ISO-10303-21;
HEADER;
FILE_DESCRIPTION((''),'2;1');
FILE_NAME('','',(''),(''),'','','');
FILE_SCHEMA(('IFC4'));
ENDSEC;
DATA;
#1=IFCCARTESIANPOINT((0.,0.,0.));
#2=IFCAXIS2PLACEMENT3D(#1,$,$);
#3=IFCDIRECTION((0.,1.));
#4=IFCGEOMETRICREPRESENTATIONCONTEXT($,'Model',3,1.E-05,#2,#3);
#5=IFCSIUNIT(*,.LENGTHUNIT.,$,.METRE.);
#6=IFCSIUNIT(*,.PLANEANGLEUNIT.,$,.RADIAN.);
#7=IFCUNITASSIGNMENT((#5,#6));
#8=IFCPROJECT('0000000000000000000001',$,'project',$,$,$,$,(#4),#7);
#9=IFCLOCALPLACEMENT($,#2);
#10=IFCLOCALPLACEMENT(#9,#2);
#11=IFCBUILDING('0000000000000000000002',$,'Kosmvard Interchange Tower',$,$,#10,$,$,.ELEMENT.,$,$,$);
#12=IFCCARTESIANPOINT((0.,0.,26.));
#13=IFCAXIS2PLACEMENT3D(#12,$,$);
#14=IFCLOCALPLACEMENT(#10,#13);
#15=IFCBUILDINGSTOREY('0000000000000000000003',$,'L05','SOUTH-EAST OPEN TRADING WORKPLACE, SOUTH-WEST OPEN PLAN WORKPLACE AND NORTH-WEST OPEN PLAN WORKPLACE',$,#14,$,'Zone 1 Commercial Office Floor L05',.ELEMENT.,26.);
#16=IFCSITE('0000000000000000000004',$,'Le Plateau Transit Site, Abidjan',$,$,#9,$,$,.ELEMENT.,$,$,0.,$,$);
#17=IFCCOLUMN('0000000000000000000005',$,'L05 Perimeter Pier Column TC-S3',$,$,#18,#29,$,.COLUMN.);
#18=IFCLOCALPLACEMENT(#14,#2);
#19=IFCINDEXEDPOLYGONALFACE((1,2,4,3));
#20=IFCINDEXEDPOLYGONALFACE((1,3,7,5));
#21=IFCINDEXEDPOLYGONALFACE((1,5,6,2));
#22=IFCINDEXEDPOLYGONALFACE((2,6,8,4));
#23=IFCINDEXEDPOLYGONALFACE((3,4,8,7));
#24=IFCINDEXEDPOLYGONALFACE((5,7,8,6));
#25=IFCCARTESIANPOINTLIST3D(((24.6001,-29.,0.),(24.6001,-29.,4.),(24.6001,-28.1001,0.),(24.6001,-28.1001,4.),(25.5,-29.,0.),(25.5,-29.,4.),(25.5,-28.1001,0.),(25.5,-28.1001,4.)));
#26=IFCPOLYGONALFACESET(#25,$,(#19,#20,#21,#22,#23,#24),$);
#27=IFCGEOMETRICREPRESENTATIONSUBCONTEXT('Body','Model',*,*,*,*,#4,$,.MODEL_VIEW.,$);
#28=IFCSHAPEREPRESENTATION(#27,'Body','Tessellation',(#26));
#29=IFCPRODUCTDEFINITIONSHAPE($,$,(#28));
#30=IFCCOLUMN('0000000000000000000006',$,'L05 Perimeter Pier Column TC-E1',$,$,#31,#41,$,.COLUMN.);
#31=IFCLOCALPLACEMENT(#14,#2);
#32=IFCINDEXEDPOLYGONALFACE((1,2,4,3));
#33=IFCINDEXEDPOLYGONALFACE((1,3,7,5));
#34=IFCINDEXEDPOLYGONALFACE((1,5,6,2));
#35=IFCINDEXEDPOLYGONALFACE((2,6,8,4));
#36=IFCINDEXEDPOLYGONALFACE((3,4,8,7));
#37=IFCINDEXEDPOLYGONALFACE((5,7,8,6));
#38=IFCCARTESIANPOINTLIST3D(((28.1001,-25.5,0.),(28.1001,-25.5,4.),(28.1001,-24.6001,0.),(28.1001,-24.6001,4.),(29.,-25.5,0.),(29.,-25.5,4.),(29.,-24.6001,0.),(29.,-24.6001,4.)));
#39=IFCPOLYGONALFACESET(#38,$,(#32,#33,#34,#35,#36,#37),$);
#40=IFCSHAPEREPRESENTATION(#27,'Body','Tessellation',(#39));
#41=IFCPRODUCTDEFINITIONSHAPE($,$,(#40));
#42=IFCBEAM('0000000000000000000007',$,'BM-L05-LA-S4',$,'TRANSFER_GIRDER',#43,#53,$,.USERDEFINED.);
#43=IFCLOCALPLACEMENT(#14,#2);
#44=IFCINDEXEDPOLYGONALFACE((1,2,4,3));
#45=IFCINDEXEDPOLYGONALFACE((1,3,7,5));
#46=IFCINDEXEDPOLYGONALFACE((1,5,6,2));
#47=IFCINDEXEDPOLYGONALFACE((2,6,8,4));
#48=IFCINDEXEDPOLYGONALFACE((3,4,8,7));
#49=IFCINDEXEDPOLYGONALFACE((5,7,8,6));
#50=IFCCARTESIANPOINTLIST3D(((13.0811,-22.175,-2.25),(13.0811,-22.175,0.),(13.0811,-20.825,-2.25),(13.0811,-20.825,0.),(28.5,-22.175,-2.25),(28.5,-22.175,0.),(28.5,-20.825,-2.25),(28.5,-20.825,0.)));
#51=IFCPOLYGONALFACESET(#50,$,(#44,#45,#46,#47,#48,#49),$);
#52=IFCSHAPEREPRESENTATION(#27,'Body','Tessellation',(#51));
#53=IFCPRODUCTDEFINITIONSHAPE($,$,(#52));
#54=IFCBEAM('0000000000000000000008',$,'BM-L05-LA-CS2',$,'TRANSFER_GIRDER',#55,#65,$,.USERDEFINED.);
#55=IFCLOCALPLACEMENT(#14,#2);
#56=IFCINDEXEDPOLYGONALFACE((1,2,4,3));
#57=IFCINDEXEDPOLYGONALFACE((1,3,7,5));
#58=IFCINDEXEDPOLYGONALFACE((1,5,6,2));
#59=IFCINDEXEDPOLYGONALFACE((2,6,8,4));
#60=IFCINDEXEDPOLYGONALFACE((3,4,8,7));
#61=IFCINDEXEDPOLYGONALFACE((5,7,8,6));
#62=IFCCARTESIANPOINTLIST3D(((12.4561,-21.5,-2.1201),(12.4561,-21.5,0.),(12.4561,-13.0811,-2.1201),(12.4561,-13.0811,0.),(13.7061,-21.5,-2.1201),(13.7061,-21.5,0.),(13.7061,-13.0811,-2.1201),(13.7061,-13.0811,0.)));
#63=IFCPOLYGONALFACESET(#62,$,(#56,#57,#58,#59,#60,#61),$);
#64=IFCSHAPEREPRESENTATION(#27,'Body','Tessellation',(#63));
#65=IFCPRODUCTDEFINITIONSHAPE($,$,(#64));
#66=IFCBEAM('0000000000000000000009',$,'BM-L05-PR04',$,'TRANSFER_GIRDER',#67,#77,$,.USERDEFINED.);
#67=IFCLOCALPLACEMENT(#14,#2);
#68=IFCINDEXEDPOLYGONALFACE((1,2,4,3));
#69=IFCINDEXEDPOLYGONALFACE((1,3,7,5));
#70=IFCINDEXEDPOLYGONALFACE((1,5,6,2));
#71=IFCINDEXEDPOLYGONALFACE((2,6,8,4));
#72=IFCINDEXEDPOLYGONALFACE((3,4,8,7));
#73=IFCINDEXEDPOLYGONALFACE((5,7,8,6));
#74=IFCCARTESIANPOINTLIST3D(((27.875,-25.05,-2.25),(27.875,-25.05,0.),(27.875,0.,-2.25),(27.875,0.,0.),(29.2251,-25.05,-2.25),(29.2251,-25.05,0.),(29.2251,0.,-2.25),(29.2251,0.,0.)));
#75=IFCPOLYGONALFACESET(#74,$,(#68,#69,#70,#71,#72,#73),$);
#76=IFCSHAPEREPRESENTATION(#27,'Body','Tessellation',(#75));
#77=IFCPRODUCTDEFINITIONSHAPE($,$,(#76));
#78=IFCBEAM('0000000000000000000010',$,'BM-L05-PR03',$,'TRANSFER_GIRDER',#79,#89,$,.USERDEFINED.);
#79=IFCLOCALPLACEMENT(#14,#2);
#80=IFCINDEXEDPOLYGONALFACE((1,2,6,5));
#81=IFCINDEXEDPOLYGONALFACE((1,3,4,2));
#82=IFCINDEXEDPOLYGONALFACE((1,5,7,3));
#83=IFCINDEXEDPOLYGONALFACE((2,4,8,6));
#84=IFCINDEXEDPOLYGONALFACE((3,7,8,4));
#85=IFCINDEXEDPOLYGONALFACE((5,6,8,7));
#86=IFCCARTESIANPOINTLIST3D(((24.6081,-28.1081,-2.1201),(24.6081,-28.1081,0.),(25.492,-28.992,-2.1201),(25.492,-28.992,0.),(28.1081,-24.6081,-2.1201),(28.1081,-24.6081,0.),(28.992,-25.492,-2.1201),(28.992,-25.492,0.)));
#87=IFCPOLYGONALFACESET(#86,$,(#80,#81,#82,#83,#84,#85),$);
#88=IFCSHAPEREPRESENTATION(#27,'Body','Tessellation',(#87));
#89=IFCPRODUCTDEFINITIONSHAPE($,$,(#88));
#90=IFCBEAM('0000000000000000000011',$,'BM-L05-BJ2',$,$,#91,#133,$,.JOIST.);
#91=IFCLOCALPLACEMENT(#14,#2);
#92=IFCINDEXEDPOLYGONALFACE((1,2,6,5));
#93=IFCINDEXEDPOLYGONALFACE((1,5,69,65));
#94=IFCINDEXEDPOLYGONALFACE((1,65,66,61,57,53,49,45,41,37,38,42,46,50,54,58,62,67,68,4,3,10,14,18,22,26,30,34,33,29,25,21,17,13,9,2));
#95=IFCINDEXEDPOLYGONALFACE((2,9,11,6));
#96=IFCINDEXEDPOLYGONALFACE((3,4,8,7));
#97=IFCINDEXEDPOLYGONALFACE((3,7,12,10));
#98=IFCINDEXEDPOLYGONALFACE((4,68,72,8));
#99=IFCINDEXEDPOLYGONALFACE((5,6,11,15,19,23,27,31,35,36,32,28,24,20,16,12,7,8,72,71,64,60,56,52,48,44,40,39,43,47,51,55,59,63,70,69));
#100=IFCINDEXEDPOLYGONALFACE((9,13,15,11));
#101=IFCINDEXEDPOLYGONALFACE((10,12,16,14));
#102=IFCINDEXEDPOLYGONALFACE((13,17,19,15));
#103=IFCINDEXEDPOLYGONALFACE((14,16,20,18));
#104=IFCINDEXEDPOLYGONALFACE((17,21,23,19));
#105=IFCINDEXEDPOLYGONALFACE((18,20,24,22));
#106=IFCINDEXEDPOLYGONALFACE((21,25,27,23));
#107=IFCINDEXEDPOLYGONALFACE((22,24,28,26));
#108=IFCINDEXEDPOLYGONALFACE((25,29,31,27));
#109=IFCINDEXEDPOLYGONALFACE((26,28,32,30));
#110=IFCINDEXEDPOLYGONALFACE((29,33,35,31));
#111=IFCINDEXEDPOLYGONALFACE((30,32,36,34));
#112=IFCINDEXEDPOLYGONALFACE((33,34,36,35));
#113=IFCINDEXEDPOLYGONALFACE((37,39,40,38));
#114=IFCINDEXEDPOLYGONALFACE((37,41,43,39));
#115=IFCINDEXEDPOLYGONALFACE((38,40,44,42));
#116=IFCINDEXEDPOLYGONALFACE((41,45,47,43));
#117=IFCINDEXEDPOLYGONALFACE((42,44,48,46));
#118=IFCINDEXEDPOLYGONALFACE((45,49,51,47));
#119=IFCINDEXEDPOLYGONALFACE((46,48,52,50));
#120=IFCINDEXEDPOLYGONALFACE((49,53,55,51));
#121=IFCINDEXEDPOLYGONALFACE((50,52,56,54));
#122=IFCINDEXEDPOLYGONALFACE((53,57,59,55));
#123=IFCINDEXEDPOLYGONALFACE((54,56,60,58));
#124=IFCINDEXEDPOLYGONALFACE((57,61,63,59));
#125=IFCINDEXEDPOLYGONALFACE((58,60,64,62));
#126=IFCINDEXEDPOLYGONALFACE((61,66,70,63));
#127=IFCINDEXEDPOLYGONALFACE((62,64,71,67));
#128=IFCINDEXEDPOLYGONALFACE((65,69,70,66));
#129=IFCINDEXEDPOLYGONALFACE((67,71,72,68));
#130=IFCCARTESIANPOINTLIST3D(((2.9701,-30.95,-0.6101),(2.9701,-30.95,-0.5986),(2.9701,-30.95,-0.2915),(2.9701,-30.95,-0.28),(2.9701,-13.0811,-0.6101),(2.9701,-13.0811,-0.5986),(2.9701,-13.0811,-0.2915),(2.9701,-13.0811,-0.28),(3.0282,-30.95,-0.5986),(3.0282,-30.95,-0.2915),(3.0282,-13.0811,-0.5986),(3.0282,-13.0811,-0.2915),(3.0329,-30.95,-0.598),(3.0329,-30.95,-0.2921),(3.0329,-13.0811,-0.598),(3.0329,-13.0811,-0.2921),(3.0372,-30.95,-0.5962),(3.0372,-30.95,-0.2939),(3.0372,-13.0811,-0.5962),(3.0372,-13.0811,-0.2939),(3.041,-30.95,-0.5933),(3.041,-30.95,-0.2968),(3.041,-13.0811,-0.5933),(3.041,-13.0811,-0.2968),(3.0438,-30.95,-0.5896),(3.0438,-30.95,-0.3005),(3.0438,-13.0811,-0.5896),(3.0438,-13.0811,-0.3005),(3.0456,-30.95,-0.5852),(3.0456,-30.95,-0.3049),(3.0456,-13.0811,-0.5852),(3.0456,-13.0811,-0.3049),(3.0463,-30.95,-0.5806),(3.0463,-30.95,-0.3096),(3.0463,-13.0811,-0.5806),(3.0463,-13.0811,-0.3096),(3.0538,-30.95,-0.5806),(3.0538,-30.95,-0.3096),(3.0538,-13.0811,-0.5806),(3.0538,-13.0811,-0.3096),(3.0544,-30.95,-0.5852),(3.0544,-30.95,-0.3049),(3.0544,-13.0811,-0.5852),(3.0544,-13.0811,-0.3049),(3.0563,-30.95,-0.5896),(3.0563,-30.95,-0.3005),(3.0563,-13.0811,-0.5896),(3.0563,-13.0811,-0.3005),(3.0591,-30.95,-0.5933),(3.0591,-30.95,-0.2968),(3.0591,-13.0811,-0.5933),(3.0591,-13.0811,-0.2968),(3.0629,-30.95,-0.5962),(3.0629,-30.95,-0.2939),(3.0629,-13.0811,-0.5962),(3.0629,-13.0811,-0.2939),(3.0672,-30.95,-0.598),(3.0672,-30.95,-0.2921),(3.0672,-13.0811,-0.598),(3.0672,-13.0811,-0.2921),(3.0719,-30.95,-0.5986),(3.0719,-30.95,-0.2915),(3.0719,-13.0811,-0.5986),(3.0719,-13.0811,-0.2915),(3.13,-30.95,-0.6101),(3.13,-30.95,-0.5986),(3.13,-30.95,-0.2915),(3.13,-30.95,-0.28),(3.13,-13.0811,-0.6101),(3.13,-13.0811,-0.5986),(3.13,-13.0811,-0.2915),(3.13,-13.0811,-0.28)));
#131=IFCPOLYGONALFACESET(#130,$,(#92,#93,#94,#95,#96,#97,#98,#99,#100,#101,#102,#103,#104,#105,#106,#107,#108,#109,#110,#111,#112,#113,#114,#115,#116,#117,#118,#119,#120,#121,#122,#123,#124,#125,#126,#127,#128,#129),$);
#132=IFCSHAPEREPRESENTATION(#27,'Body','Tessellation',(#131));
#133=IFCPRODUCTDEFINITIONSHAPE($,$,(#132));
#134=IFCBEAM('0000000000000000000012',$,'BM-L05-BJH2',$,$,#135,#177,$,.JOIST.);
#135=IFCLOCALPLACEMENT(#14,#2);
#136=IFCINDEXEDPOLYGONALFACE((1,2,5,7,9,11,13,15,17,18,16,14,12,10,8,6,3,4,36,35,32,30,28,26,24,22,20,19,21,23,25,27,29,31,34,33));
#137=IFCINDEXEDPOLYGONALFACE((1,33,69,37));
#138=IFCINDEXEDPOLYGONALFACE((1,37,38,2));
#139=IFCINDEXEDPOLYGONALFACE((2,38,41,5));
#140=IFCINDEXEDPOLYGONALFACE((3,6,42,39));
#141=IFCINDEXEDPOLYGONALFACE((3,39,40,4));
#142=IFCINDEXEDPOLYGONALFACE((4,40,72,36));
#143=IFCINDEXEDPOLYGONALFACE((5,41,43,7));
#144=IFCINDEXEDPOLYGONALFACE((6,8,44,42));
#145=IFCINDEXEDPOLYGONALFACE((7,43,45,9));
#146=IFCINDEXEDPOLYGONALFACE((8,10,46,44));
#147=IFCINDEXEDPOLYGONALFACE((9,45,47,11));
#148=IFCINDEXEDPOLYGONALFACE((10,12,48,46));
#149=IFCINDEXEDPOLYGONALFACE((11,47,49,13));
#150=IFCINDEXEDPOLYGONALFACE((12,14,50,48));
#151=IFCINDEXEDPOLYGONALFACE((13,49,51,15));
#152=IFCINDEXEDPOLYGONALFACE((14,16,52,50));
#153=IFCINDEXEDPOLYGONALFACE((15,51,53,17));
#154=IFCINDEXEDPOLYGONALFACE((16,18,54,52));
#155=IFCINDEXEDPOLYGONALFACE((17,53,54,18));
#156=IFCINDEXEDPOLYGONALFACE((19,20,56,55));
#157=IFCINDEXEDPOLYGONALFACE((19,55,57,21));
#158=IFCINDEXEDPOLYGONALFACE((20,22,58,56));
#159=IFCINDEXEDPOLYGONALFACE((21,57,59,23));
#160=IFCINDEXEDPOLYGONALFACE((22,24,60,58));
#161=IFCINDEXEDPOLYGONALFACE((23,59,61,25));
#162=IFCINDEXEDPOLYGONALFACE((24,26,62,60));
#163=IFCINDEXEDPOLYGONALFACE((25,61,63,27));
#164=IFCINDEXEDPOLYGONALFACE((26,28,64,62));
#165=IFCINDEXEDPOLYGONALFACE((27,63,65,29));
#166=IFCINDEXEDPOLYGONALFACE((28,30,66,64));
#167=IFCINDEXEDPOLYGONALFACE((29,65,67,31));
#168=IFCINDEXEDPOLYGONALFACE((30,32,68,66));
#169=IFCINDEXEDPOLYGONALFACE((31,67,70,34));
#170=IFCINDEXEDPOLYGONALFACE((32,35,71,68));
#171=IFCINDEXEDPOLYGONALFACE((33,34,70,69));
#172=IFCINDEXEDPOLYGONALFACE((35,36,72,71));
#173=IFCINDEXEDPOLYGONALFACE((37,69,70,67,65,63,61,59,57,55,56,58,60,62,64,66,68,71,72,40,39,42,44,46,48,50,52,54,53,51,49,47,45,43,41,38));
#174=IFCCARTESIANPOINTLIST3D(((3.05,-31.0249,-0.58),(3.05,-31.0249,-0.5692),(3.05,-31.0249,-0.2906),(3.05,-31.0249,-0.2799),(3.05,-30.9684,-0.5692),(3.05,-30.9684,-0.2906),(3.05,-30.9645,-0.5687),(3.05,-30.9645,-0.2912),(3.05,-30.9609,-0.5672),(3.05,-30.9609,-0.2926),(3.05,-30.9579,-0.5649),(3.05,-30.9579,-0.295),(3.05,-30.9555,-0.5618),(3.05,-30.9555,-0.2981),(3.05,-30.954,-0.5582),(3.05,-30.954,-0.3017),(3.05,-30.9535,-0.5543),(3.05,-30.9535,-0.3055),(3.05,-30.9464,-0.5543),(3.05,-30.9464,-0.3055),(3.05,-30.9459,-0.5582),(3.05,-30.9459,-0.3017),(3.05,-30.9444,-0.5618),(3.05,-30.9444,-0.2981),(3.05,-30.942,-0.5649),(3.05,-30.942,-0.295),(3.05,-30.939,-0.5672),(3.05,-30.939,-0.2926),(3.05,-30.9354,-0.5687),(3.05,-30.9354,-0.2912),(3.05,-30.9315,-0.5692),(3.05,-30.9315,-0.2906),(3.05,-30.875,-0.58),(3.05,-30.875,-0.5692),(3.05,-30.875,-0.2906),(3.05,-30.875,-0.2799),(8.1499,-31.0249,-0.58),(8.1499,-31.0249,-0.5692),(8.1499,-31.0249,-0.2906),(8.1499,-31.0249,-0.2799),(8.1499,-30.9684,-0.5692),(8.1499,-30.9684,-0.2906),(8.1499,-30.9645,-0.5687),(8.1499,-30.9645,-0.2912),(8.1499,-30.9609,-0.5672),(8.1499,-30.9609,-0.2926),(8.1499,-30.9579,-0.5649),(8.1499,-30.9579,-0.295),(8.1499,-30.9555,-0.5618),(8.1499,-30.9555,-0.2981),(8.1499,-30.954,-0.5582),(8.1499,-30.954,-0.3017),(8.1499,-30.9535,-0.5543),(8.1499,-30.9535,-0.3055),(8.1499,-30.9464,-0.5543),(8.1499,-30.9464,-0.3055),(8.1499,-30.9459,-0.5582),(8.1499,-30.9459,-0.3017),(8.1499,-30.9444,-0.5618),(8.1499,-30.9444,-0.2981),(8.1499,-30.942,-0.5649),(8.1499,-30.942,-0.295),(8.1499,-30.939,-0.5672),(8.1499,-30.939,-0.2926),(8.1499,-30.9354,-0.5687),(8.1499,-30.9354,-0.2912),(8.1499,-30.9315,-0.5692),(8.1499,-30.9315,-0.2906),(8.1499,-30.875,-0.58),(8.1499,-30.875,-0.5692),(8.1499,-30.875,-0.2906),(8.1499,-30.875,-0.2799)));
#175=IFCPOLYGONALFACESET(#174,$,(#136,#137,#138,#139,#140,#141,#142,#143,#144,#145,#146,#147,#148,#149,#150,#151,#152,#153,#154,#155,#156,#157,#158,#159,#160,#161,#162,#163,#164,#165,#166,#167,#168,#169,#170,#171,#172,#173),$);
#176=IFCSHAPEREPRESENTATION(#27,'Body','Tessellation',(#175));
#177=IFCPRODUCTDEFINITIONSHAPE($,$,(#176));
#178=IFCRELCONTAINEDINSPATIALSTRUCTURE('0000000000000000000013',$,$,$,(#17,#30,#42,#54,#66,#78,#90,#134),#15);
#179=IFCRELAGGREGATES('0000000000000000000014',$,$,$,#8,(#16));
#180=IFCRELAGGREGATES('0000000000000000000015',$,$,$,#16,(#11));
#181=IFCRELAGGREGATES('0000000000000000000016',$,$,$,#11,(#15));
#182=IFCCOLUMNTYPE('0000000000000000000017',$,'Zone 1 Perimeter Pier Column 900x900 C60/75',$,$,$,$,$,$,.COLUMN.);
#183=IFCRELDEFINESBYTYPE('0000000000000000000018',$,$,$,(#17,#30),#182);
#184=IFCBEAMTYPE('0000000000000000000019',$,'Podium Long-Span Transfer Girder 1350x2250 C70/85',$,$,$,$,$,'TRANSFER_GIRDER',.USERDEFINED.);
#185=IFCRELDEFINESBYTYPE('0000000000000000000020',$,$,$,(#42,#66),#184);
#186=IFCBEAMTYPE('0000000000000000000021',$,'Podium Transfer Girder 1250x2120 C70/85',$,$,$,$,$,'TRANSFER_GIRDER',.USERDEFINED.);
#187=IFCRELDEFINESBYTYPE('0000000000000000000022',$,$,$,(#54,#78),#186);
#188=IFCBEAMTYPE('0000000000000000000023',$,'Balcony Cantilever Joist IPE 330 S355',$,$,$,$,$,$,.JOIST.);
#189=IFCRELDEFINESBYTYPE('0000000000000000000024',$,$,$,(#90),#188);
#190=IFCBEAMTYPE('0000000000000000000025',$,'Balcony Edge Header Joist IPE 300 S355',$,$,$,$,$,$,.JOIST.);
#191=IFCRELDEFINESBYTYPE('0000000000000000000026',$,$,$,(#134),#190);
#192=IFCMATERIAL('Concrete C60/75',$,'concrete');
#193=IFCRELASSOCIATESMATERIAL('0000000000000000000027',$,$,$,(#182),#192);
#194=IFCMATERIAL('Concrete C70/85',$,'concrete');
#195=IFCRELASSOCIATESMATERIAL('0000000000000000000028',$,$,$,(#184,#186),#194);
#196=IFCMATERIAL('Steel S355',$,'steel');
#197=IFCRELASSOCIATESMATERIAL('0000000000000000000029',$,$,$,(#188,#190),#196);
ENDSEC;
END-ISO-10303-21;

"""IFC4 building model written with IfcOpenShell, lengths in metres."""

from ifc_helpers import new_model, si_unit, direction, frame, origin, origin_2d, place, context, subcontext, project, spatial, rectangle, i_section, extrude, source, transform, mapped, material, material_profile, profile_set, type_object, element, save


model = new_model("IFC4")

# Units and contexts
model_context = context("Model", 3, precision=1e-05, world=origin(), true_north=direction((0.0, 1.0)))
body_context = subcontext(model_context, "Body", "Model", "MODEL_VIEW")
ifc_project = project(units=[si_unit("LENGTHUNIT", "METRE"), si_unit("PLANEANGLEUNIT", "RADIAN")], contexts=[model_context])

# Site, building, storey
site_placement = place(None, origin())
site = spatial("IfcSite", under=ifc_project, at=site_placement, Name="Le Plateau Transit Site, Abidjan", CompositionType="ELEMENT", RefElevation=0.0)
building_placement = place(site_placement, origin())
building = spatial("IfcBuilding", under=site, at=building_placement, Name="Kosmvard Interchange Tower", CompositionType="ELEMENT")
storey_placement = place(building_placement, frame((0.0, 0.0, 26.0)))
storey = spatial("IfcBuildingStorey", under=building, at=storey_placement, Name="L05", Description="SOUTH-EAST OPEN TRADING WORKPLACE, SOUTH-WEST OPEN PLAN WORKPLACE AND NORTH-WEST OPEN PLAN WORKPLACE", LongName="Zone 1 Commercial Office Floor L05", CompositionType="ELEMENT", Elevation=26.0)

# Columns
ifc_material_1 = material(Name="Concrete C60/75", Category="concrete")
ifc_material_profile_1 = material_profile(ifc_material_1, rectangle(XDim=0.8999, YDim=0.8999, at=origin_2d()), Name="TC 900x900")
ifc_profile_set_1 = profile_set([ifc_material_profile_1], Name="Concrete C60/75")
column_type = type_object("IfcColumnType", Name="Zone 1 Perimeter Pier Column 900x900 C60/75", PredefinedType="COLUMN", material=ifc_profile_set_1)
shared_shape_1 = source(origin(), body_context, "Body", "SweptSolid", [
    extrude(rectangle(XDim=0.8999, YDim=0.8999, at=origin_2d()), origin(), (0.0, 0.0, 1.0), 4.0),
])
for number, where, z_axis, x_axis, name in (
    (1, (25.05, -28.55, 0.0), (0.0, 0.0, 1.0), (1.0, 0.0, 0.0), "L05 Perimeter Pier Column TC-S3"),
    (2, (28.55, -25.05, 0.0), (0.0, 0.0, 1.0), (1.0, 0.0, 0.0), "L05 Perimeter Pier Column TC-E1"),
):
    element("IfcColumn", number, at=place(storey_placement, frame(where, z_axis=z_axis, x_axis=x_axis)), inside=storey, type_object=column_type, Name=name, PredefinedType="COLUMN", context=body_context, shape_type="MappedRepresentation", body=[
        mapped(shared_shape_1, transform((0.0, 0.0, 0.0), scale=1.0)),
    ])

# Beams
ifc_material_2 = material(Name="Concrete C70/85", Category="concrete")
ifc_material_profile_2 = material_profile(ifc_material_2, rectangle(XDim=1.3501, YDim=2.25, at=origin_2d()), Name="TG 1350x2250")
ifc_profile_set_2 = profile_set([ifc_material_profile_2], Name="Concrete C70/85")
beam_type_1 = type_object("IfcBeamType", Name="Podium Long-Span Transfer Girder 1350x2250 C70/85", ElementType="TRANSFER_GIRDER", PredefinedType="USERDEFINED", material=ifc_profile_set_2)
shared_shape_2 = source(origin(), body_context, "Body", "SweptSolid", [
    extrude(rectangle(XDim=1.3501, YDim=2.25, at=origin_2d()), origin(), (0.0, 0.0, 1.0), 15.4189),
])
beam_1_placement = place(storey_placement, frame((13.0811, -21.5, -1.125), z_axis=(1.0, 0.0, 0.0), x_axis=(0.0, 1.0, 0.0)))
element("IfcBeam", 3, at=beam_1_placement, inside=storey, type_object=beam_type_1, Name="BM-L05-LA-S4", ObjectType="TRANSFER_GIRDER", PredefinedType="USERDEFINED", context=body_context, shape_type="MappedRepresentation", body=[
    mapped(shared_shape_2, transform((0.0, 0.0, 0.0), scale=1.0)),
])
ifc_material_profile_3 = material_profile(ifc_material_2, rectangle(XDim=1.25, YDim=2.1201, at=origin_2d()), Name="TG 1250x2120")
ifc_profile_set_3 = profile_set([ifc_material_profile_3], Name="Concrete C70/85")
beam_type_2 = type_object("IfcBeamType", Name="Podium Transfer Girder 1250x2120 C70/85", ElementType="TRANSFER_GIRDER", PredefinedType="USERDEFINED", material=ifc_profile_set_3)
shared_shape_3 = source(origin(), body_context, "Body", "SweptSolid", [
    extrude(rectangle(XDim=1.25, YDim=2.1201, at=origin_2d()), origin(), (0.0, 0.0, 1.0), 8.4189),
])
beam_2_placement = place(storey_placement, frame((13.0811, -21.5, -1.0601), z_axis=(0.0, 1.0, 0.0), x_axis=(-1.0, 0.0, 0.0)))
element("IfcBeam", 4, at=beam_2_placement, inside=storey, type_object=beam_type_2, Name="BM-L05-LA-CS2", ObjectType="TRANSFER_GIRDER", PredefinedType="USERDEFINED", context=body_context, shape_type="MappedRepresentation", body=[
    mapped(shared_shape_3, transform((0.0, 0.0, 0.0), scale=1.0)),
])
shared_shape_4 = source(origin(), body_context, "Body", "SweptSolid", [
    extrude(rectangle(XDim=1.3501, YDim=2.25, at=origin_2d()), origin(), (0.0, 0.0, 1.0), 25.05),
])
beam_3_placement = place(storey_placement, frame((28.55, -25.05, -1.125), z_axis=(0.0, 1.0, 0.0), x_axis=(-1.0, 0.0, 0.0)))
element("IfcBeam", 5, at=beam_3_placement, inside=storey, type_object=beam_type_1, Name="BM-L05-PR04", ObjectType="TRANSFER_GIRDER", PredefinedType="USERDEFINED", context=body_context, shape_type="MappedRepresentation", body=[
    mapped(shared_shape_4, transform((0.0, 0.0, 0.0), scale=1.0)),
])
shared_shape_5 = source(origin(), body_context, "Body", "SweptSolid", [
    extrude(rectangle(XDim=1.25, YDim=2.1201, at=origin_2d()), origin(), (0.0, 0.0, 1.0), 4.9497),
])
beam_4_placement = place(storey_placement, frame((25.05, -28.55, -1.0601), z_axis=(0.707107, 0.707107, 0.0), x_axis=(-0.707107, 0.707107, 0.0)))
element("IfcBeam", 6, at=beam_4_placement, inside=storey, type_object=beam_type_2, Name="BM-L05-PR03", ObjectType="TRANSFER_GIRDER", PredefinedType="USERDEFINED", context=body_context, shape_type="MappedRepresentation", body=[
    mapped(shared_shape_5, transform((0.0, 0.0, 0.0), scale=1.0)),
])
ifc_material_3 = material(Name="Steel S355", Category="steel")
ifc_material_profile_4 = material_profile(ifc_material_3, i_section(OverallWidth=0.1599, OverallDepth=0.3301, WebThickness=0.0076, FlangeThickness=0.0115, FilletRadius=0.0181, at=origin_2d()), Name="IPE 330")
ifc_profile_set_4 = profile_set([ifc_material_profile_4], Name="Steel S355")
beam_type_3 = type_object("IfcBeamType", Name="Balcony Cantilever Joist IPE 330 S355", PredefinedType="JOIST", material=ifc_profile_set_4)
shared_shape_6 = source(origin(), body_context, "Body", "SweptSolid", [
    extrude(i_section(OverallWidth=0.1599, OverallDepth=0.3301, WebThickness=0.0076, FlangeThickness=0.0115, FilletRadius=0.0181, at=origin_2d()), origin(), (0.0, 0.0, 1.0), 17.8689),
])
beam_5_placement = place(storey_placement, frame((3.05, -13.0811, -0.4451), z_axis=(0.0, -1.0, 0.0), x_axis=(1.0, 0.0, 0.0)))
element("IfcBeam", 7, at=beam_5_placement, inside=storey, type_object=beam_type_3, Name="BM-L05-BJ2", PredefinedType="JOIST", context=body_context, shape_type="MappedRepresentation", body=[
    mapped(shared_shape_6, transform((0.0, 0.0, 0.0), scale=1.0)),
])
ifc_material_profile_5 = material_profile(ifc_material_3, i_section(OverallWidth=0.1499, OverallDepth=0.3, WebThickness=0.0071, FlangeThickness=0.0107, FilletRadius=0.0149, at=origin_2d()), Name="IPE 300")
ifc_profile_set_5 = profile_set([ifc_material_profile_5], Name="Steel S355")
beam_type_4 = type_object("IfcBeamType", Name="Balcony Edge Header Joist IPE 300 S355", PredefinedType="JOIST", material=ifc_profile_set_5)
shared_shape_7 = source(origin(), body_context, "Body", "SweptSolid", [
    extrude(i_section(OverallWidth=0.1499, OverallDepth=0.3, WebThickness=0.0071, FlangeThickness=0.0107, FilletRadius=0.0149, at=origin_2d()), origin(), (0.0, 0.0, 1.0), 5.0999),
])
beam_6_placement = place(storey_placement, frame((3.05, -30.95, -0.4299), z_axis=(1.0, 0.0, 0.0), x_axis=(0.0, 1.0, 0.0)))
element("IfcBeam", 8, at=beam_6_placement, inside=storey, type_object=beam_type_4, Name="BM-L05-BJH2", PredefinedType="JOIST", context=body_context, shape_type="MappedRepresentation", body=[
    mapped(shared_shape_7, transform((0.0, 0.0, 0.0), scale=1.0)),
])

save(model, "model.ifc")
